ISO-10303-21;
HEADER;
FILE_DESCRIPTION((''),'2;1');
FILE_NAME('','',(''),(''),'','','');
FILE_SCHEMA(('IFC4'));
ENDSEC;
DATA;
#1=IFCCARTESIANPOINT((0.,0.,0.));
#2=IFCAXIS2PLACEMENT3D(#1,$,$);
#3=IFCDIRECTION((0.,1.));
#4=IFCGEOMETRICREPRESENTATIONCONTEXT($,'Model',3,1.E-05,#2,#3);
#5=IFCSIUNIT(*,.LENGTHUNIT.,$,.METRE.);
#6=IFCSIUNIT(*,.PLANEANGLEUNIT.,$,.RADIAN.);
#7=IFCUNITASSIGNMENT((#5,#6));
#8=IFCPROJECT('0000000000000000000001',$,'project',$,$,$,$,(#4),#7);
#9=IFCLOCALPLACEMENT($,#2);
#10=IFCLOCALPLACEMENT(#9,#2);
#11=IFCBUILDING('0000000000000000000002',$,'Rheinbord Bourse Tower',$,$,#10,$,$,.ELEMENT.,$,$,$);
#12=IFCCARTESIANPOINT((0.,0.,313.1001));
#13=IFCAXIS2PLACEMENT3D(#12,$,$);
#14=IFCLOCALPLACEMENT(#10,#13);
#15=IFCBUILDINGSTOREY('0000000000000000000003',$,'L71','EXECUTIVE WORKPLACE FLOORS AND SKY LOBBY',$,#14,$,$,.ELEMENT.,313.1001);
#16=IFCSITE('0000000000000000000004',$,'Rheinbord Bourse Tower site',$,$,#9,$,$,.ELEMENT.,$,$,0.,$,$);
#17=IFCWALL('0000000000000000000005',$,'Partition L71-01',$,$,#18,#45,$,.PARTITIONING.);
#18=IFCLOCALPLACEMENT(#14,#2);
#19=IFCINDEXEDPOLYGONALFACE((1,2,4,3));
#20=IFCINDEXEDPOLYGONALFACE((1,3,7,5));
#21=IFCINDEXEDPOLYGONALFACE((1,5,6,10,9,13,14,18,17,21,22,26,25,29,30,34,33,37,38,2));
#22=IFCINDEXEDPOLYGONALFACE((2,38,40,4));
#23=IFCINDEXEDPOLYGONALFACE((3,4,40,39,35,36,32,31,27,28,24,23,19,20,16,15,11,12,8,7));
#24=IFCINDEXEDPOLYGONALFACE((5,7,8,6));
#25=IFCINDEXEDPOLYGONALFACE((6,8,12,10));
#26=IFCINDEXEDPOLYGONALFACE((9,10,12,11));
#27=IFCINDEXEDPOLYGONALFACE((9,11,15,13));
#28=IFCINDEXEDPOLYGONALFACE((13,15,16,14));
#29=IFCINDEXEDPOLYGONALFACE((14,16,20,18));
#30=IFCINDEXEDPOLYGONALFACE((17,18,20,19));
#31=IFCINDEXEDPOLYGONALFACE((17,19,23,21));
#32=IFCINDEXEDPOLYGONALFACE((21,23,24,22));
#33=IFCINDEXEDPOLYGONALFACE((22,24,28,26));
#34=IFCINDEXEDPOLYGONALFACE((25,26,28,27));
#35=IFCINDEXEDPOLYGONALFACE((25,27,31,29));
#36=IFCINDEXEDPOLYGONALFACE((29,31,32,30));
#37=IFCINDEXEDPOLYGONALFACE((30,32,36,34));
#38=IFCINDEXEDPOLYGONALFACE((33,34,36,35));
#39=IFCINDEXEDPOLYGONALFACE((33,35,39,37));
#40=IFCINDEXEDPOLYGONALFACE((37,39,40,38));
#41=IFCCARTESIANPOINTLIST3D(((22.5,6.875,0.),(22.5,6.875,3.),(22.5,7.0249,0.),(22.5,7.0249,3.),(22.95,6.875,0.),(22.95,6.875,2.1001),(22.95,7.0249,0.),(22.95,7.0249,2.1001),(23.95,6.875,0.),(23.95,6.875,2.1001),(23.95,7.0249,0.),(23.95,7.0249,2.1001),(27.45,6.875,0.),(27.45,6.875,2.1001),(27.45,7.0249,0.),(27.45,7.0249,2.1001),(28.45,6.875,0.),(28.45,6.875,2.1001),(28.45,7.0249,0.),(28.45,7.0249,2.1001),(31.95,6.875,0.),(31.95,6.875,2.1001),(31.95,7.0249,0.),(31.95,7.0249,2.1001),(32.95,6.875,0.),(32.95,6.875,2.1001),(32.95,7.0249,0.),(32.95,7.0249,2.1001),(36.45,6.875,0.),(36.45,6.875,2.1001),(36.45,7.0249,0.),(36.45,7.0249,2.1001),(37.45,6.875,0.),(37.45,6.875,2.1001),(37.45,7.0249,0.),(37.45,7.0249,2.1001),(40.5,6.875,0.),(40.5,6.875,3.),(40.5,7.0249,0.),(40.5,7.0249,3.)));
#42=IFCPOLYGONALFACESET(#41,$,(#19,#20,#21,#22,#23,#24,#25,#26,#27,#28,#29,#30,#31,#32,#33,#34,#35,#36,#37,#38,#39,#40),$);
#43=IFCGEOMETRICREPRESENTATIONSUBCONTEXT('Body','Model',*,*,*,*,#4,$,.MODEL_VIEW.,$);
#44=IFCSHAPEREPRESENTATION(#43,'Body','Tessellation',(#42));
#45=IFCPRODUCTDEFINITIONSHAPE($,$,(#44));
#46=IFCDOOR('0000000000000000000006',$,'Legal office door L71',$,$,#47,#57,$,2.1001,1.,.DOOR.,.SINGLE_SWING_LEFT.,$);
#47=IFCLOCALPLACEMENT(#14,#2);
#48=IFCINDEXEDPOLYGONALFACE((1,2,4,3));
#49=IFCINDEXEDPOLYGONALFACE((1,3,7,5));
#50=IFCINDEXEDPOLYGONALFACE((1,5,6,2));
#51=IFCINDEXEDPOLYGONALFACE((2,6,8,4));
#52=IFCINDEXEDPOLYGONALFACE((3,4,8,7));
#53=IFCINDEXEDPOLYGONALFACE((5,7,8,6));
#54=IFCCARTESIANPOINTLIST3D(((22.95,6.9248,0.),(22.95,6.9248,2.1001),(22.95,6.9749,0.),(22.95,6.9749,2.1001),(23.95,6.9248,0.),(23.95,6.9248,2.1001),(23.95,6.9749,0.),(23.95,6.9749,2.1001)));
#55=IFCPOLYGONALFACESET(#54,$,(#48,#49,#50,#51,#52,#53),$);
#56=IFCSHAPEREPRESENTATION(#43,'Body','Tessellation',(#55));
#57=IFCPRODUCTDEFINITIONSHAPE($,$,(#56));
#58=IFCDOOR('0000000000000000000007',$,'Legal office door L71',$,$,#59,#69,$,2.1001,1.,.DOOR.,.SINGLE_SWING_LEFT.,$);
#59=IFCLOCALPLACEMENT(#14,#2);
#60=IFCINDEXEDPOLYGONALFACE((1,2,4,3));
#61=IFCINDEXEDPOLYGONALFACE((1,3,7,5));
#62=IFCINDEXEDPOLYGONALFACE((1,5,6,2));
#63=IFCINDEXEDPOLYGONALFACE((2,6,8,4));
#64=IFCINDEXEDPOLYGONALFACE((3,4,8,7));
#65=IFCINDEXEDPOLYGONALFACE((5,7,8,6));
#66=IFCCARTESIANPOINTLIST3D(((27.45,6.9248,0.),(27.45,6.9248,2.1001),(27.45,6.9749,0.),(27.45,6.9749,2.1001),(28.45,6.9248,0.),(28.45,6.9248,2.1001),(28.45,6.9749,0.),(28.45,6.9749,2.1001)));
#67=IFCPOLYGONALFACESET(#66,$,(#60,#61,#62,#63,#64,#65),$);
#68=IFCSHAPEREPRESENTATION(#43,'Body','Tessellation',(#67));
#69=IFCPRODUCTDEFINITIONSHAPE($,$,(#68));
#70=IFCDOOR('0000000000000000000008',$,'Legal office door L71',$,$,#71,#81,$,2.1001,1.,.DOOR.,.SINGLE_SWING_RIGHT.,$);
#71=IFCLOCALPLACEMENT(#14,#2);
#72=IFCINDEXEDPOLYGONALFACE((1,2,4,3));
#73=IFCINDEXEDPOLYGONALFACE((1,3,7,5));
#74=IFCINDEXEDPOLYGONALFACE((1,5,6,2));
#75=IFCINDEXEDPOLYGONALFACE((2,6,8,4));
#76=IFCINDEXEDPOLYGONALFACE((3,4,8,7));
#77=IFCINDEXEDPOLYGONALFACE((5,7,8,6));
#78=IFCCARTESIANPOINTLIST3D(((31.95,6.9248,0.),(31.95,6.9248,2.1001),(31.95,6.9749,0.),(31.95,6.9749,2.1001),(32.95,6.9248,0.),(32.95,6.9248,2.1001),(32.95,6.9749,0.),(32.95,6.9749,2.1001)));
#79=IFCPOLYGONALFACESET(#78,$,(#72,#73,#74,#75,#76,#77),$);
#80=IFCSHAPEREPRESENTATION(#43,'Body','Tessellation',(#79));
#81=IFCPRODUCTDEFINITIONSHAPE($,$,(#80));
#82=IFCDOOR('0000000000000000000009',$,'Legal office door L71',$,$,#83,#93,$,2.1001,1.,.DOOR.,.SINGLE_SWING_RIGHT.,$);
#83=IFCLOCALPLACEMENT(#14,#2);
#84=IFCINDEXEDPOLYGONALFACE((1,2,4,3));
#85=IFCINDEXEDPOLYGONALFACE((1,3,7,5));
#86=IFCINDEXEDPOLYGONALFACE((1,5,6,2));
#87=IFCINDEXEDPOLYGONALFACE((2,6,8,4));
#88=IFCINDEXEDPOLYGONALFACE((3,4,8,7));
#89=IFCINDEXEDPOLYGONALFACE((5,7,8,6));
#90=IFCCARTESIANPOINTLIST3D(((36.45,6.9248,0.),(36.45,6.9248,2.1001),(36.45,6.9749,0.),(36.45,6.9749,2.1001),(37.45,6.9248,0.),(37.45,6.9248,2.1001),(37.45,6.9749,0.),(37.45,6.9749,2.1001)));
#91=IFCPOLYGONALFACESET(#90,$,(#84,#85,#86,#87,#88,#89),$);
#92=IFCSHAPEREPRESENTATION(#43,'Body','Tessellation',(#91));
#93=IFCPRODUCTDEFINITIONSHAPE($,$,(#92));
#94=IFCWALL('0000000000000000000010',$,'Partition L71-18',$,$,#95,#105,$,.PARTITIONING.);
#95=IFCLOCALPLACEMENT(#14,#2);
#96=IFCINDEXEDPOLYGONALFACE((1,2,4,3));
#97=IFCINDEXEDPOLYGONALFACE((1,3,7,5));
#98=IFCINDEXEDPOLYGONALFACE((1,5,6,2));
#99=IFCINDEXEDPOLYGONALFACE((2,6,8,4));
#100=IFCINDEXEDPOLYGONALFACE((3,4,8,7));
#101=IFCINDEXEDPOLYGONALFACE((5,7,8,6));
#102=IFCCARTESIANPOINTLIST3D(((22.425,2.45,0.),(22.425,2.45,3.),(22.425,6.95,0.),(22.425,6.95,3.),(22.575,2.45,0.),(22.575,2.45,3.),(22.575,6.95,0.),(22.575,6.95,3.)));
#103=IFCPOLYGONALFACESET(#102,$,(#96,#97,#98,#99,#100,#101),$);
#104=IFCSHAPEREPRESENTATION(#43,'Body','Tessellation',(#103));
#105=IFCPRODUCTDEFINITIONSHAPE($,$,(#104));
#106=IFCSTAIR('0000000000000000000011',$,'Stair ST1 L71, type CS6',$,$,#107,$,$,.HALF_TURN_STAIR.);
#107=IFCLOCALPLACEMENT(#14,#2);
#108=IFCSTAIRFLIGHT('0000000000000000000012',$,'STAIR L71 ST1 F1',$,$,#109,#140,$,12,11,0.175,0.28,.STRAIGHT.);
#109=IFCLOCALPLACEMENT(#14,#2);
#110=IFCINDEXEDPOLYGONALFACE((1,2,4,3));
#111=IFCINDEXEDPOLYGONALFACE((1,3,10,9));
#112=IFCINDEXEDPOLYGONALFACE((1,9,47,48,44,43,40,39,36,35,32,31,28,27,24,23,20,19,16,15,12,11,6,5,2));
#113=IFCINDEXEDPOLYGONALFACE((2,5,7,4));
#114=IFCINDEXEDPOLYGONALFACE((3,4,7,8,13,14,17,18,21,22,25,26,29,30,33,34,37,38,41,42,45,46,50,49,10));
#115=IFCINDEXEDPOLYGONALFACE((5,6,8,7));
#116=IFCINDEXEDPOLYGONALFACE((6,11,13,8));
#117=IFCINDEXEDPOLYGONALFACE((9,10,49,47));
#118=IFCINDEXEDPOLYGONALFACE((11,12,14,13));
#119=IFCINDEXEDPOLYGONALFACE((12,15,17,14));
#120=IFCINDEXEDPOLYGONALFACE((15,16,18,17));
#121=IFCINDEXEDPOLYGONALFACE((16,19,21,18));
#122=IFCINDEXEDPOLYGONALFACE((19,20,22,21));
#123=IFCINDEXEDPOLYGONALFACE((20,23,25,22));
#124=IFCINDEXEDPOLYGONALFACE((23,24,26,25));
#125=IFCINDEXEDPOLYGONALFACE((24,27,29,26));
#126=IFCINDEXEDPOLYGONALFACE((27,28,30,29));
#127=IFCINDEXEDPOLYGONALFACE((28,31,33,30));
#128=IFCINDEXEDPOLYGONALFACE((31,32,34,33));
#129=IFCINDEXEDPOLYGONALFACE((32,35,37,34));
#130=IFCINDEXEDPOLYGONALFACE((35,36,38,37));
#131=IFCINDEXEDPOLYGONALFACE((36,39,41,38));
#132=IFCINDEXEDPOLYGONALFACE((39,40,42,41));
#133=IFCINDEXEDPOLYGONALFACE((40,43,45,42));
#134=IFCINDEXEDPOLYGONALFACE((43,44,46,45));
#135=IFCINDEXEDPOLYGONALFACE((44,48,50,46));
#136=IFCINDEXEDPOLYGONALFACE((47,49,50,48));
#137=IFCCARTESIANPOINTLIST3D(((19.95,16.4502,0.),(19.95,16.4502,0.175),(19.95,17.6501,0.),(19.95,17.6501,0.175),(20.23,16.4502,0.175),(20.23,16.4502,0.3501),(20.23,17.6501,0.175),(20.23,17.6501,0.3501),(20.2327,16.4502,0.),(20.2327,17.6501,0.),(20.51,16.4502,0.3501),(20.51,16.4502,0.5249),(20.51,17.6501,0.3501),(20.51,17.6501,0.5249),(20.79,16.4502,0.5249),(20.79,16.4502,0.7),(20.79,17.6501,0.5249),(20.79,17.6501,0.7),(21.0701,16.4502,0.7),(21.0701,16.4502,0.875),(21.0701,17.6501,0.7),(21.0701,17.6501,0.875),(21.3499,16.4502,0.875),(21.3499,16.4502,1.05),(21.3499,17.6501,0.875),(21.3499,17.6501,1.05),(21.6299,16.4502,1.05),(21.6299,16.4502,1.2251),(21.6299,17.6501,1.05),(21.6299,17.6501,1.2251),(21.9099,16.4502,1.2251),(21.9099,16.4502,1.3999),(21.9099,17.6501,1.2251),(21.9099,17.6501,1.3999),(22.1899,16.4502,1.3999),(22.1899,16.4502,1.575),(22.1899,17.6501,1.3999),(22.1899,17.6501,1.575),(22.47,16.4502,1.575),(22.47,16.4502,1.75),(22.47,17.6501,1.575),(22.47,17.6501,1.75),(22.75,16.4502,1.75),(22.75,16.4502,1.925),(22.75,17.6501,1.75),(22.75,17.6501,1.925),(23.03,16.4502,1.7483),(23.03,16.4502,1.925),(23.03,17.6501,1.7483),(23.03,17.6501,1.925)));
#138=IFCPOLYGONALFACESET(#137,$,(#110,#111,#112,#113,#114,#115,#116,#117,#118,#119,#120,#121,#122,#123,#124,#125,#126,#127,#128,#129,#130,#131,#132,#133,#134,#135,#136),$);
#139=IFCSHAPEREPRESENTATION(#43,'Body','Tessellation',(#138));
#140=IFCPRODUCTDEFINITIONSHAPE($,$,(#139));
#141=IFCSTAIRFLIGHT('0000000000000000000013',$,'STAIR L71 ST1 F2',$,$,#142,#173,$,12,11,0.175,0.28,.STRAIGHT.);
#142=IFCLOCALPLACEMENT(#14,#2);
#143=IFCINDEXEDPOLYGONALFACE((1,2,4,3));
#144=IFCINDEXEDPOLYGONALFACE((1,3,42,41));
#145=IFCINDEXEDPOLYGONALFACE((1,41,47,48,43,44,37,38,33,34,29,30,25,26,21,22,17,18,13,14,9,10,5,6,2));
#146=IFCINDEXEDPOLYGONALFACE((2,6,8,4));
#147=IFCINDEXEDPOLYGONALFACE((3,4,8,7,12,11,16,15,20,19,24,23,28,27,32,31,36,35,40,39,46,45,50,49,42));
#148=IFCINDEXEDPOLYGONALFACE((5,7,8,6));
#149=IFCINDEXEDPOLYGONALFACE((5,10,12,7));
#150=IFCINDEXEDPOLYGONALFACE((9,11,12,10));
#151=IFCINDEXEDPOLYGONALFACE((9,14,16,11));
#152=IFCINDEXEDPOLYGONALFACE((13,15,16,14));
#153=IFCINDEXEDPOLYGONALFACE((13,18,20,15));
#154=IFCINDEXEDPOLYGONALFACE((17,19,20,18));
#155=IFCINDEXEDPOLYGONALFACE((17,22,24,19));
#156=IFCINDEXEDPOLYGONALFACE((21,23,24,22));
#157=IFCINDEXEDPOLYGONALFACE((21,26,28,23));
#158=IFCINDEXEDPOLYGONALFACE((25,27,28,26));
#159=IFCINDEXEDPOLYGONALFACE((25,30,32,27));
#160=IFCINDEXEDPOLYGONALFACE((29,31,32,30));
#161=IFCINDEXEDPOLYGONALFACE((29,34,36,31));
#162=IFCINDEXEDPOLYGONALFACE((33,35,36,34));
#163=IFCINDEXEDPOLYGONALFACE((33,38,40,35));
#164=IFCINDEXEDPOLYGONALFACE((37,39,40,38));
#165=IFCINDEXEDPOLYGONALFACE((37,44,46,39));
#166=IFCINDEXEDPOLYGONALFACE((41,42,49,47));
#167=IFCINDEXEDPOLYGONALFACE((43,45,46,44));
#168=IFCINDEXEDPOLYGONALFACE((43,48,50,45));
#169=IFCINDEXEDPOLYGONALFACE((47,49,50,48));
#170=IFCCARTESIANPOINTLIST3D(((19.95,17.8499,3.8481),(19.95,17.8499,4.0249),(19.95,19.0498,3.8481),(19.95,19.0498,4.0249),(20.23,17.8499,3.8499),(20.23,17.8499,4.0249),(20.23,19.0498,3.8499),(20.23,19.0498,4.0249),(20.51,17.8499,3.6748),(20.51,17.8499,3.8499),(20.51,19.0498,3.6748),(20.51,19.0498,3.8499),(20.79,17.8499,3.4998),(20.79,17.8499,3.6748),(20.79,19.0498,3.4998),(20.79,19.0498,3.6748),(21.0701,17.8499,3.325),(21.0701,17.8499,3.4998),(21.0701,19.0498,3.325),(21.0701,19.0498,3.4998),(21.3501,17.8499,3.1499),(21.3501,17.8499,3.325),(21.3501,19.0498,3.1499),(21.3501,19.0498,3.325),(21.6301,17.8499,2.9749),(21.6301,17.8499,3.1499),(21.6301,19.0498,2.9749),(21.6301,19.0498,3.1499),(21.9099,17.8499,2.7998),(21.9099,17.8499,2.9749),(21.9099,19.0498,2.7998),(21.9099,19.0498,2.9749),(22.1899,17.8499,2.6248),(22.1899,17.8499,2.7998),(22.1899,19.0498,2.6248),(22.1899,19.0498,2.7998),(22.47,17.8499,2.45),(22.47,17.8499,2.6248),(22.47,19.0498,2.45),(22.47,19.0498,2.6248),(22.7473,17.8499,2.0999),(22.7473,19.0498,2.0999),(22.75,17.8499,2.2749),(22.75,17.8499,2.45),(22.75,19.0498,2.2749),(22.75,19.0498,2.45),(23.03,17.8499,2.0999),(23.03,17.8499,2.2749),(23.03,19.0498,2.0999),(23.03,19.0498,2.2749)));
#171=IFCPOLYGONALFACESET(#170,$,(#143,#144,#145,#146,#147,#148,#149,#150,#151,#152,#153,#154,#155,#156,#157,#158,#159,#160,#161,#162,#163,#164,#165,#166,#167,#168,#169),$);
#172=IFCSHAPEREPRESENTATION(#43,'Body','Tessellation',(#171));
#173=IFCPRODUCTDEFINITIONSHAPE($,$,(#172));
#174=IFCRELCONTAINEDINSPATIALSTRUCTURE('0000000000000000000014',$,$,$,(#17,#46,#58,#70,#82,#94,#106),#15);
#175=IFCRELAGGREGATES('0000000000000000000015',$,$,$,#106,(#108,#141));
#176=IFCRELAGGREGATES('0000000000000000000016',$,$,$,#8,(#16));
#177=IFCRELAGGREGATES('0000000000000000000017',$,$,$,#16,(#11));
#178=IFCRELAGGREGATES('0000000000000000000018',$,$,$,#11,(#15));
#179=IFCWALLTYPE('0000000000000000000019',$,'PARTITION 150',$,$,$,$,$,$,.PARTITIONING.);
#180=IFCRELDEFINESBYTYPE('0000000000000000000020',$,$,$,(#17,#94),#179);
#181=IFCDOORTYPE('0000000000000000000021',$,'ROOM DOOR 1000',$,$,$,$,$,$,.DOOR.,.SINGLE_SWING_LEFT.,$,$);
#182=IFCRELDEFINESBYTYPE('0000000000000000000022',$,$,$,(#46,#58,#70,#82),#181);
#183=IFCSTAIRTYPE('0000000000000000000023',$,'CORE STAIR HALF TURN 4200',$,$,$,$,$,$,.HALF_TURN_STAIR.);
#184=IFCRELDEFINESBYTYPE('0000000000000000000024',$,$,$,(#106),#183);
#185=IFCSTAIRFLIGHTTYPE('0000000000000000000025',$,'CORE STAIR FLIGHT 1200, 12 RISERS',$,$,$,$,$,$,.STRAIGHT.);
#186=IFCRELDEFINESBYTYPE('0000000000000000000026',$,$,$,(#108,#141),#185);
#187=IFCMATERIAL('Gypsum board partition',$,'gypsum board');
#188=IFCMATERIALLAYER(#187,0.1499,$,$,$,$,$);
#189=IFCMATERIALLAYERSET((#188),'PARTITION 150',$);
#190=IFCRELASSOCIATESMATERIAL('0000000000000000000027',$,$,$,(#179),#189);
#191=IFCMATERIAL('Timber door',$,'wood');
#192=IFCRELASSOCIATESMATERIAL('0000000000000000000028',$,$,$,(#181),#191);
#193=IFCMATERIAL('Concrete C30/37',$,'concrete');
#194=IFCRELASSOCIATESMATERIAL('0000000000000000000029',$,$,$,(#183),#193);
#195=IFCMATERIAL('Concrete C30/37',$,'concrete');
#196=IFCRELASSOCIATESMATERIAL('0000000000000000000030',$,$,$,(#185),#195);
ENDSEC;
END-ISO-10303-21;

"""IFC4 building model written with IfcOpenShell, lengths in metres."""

from ifc_helpers import new_model, si_unit, direction, frame, frame_2d, origin, place, context, subcontext, project, spatial, polyline, rectangle, outline, extrude, material, layer, layer_set, type_object, element, fill, aggregate, save


model = new_model("IFC4")

# Units and contexts
model_context = context("Model", 3, precision=1e-05, world=origin(), true_north=direction((0.0, 1.0)))
body_context = subcontext(model_context, "Body", "Model", "MODEL_VIEW")
ifc_project = project(units=[si_unit("LENGTHUNIT", "METRE"), si_unit("PLANEANGLEUNIT", "RADIAN")], contexts=[model_context])

# Site, building, storey
site_placement = place(None, origin())
site = spatial("IfcSite", under=ifc_project, at=site_placement, Name="Rheinbord Bourse Tower site", CompositionType="ELEMENT", RefElevation=0.0)
building_placement = place(site_placement, origin())
building = spatial("IfcBuilding", under=site, at=building_placement, Name="Rheinbord Bourse Tower", CompositionType="ELEMENT")
storey_placement = place(building_placement, frame((0.0, 0.0, 313.1001)))
storey = spatial("IfcBuildingStorey", under=building, at=storey_placement, Name="L71", Description="EXECUTIVE WORKPLACE FLOORS AND SKY LOBBY", CompositionType="ELEMENT", Elevation=313.1001)

# Wall, openings, doors
ifc_material_1 = material(Name="Gypsum board partition", Category="gypsum board")
ifc_layer_1 = layer(ifc_material_1, 0.1499)
ifc_layer_set_1 = layer_set([ifc_layer_1], Name="PARTITION 150")
wall_type_1 = type_object("IfcWallType", Name="PARTITION 150", PredefinedType="PARTITIONING", material=ifc_layer_set_1)
wall_1_placement = place(storey_placement, frame((22.5, 6.95, 0.0), z_axis=(0.0, 0.0, 1.0), x_axis=(1.0, 0.0, 0.0)))
wall_1 = element("IfcWall", 1, at=wall_1_placement, inside=storey, type_object=wall_type_1, Name="Partition L71-01", PredefinedType="PARTITIONING", context=body_context, shape_type="SweptSolid", body=[
    extrude(rectangle(XDim=18.0, YDim=0.1499, at=frame_2d((9.0, 0.0))), origin(), (0.0, 0.0, 1.0), 3.0),
])
opening_1_placement = place(wall_1_placement, frame((0.45, 0.0, 0.0)))
opening_1 = element("IfcOpeningElement", 2, at=opening_1_placement, cuts=wall_1, PredefinedType="OPENING", context=body_context, shape_type="SweptSolid", body=[
    extrude(rectangle(XDim=1.0, YDim=2.1001, at=frame_2d((0.5, 1.05))), frame((0.0, 0.085, 0.0), z_axis=(0.0, -1.0, 0.0), x_axis=(1.0, 0.0, 0.0)), (0.0, 0.0, 1.0), 0.1699),
])
opening_2_placement = place(wall_1_placement, frame((4.95, 0.0, 0.0)))
opening_2 = element("IfcOpeningElement", 3, at=opening_2_placement, cuts=wall_1, PredefinedType="OPENING", context=body_context, shape_type="SweptSolid", body=[
    extrude(rectangle(XDim=1.0, YDim=2.1001, at=frame_2d((0.5, 1.05))), frame((0.0, 0.085, 0.0), z_axis=(0.0, -1.0, 0.0), x_axis=(1.0, 0.0, 0.0)), (0.0, 0.0, 1.0), 0.1699),
])
opening_3_placement = place(wall_1_placement, frame((9.45, 0.0, 0.0)))
opening_3 = element("IfcOpeningElement", 4, at=opening_3_placement, cuts=wall_1, PredefinedType="OPENING", context=body_context, shape_type="SweptSolid", body=[
    extrude(rectangle(XDim=1.0, YDim=2.1001, at=frame_2d((0.5, 1.05))), frame((0.0, 0.085, 0.0), z_axis=(0.0, -1.0, 0.0), x_axis=(1.0, 0.0, 0.0)), (0.0, 0.0, 1.0), 0.1699),
])
opening_4_placement = place(wall_1_placement, frame((13.95, 0.0, 0.0)))
opening_4 = element("IfcOpeningElement", 5, at=opening_4_placement, cuts=wall_1, PredefinedType="OPENING", context=body_context, shape_type="SweptSolid", body=[
    extrude(rectangle(XDim=1.0, YDim=2.1001, at=frame_2d((0.5, 1.05))), frame((0.0, 0.085, 0.0), z_axis=(0.0, -1.0, 0.0), x_axis=(1.0, 0.0, 0.0)), (0.0, 0.0, 1.0), 0.1699),
])
ifc_material_2 = material(Name="Timber door", Category="wood")
door_type_1 = type_object("IfcDoorType", Name="ROOM DOOR 1000", OperationType="SINGLE_SWING_LEFT", PredefinedType="DOOR", material=ifc_material_2)
door_1_placement = place(opening_1_placement, origin())
door_1 = element("IfcDoor", 6, at=door_1_placement, inside=storey, type_object=door_type_1, Name="Legal office door L71", OperationType="SINGLE_SWING_LEFT", OverallHeight=2.1001, OverallWidth=1.0, PredefinedType="DOOR", context=body_context, shape_type="SweptSolid", body=[
    extrude(rectangle(XDim=1.0, YDim=2.1001, at=frame_2d((0.5, 1.05))), frame((0.0, 0.0249, 0.0), z_axis=(0.0, -1.0, 0.0), x_axis=(1.0, 0.0, 0.0)), (0.0, 0.0, 1.0), 0.05),
])
fill(opening_1, door_1)
door_2_placement = place(opening_2_placement, origin())
door_2 = element("IfcDoor", 7, at=door_2_placement, inside=storey, type_object=door_type_1, Name="Legal office door L71", OperationType="SINGLE_SWING_LEFT", OverallHeight=2.1001, OverallWidth=1.0, PredefinedType="DOOR", context=body_context, shape_type="SweptSolid", body=[
    extrude(rectangle(XDim=1.0, YDim=2.1001, at=frame_2d((0.5, 1.05))), frame((0.0, 0.0249, 0.0), z_axis=(0.0, -1.0, 0.0), x_axis=(1.0, 0.0, 0.0)), (0.0, 0.0, 1.0), 0.05),
])
fill(opening_2, door_2)
door_3_placement = place(opening_3_placement, origin())
door_3 = element("IfcDoor", 8, at=door_3_placement, inside=storey, type_object=door_type_1, Name="Legal office door L71", OperationType="SINGLE_SWING_RIGHT", OverallHeight=2.1001, OverallWidth=1.0, PredefinedType="DOOR", context=body_context, shape_type="SweptSolid", body=[
    extrude(rectangle(XDim=1.0, YDim=2.1001, at=frame_2d((0.5, 1.05))), frame((0.0, 0.0249, 0.0), z_axis=(0.0, -1.0, 0.0), x_axis=(1.0, 0.0, 0.0)), (0.0, 0.0, 1.0), 0.05),
])
fill(opening_3, door_3)
door_4_placement = place(opening_4_placement, origin())
door_4 = element("IfcDoor", 9, at=door_4_placement, inside=storey, type_object=door_type_1, Name="Legal office door L71", OperationType="SINGLE_SWING_RIGHT", OverallHeight=2.1001, OverallWidth=1.0, PredefinedType="DOOR", context=body_context, shape_type="SweptSolid", body=[
    extrude(rectangle(XDim=1.0, YDim=2.1001, at=frame_2d((0.5, 1.05))), frame((0.0, 0.0249, 0.0), z_axis=(0.0, -1.0, 0.0), x_axis=(1.0, 0.0, 0.0)), (0.0, 0.0, 1.0), 0.05),
])
fill(opening_4, door_4)

# Wall
wall_2_placement = place(storey_placement, frame((22.5, 2.45, 0.0), z_axis=(0.0, 0.0, 1.0), x_axis=(0.0, 1.0, 0.0)))
element("IfcWall", 10, at=wall_2_placement, inside=storey, type_object=wall_type_1, Name="Partition L71-18", PredefinedType="PARTITIONING", context=body_context, shape_type="SweptSolid", body=[
    extrude(rectangle(XDim=4.5, YDim=0.1499, at=frame_2d((2.25, 0.0))), origin(), (0.0, 0.0, 1.0), 3.0),
])

# Stair, stair flights
ifc_material_3 = material(Name="Concrete C30/37", Category="concrete")
stair_type = type_object("IfcStairType", Name="CORE STAIR HALF TURN 4200", PredefinedType="HALF_TURN_STAIR", material=ifc_material_3)
stair_placement = place(storey_placement, origin())
stair = element("IfcStair", 11, at=stair_placement, inside=storey, type_object=stair_type, Name="Stair ST1 L71, type CS6", PredefinedType="HALF_TURN_STAIR")
ifc_material_4 = material(Name="Concrete C30/37", Category="concrete")
stair_flight_type = type_object("IfcStairFlightType", Name="CORE STAIR FLIGHT 1200, 12 RISERS", PredefinedType="STRAIGHT", material=ifc_material_4)
stair_flight_1_placement = place(storey_placement, frame((19.95, 17.05, 0.0), z_axis=(0.0, 0.0, 1.0), x_axis=(1.0, 0.0, 0.0)))
stair_flight_1 = element("IfcStairFlight", 12, at=stair_flight_1_placement, type_object=stair_flight_type, Name="STAIR L71 ST1 F1", NumberOfRisers=12, NumberOfTreads=11, PredefinedType="STRAIGHT", RiserHeight=0.175, TreadLength=0.28, context=body_context, shape_type="SweptSolid", body=[
    extrude(outline(polyline([(0.0, 0.0), (0.0, 0.175), (0.28, 0.175), (0.28, 0.3501), (0.5601, 0.3501), (0.5601, 0.5249), (0.8401, 0.5249), (0.8401, 0.7), (1.1201, 0.7), (1.1201, 0.875), (1.3999, 0.875), (1.3999, 1.05), (1.6799, 1.05), (1.6799, 1.2251), (1.96, 1.2251), (1.96, 1.3999), (2.24, 1.3999), (2.24, 1.575), (2.52, 1.575), (2.52, 1.75), (2.8, 1.75), (2.8, 1.925), (3.0801, 1.925), (3.0801, 2.1001), (3.0801, 1.7483), (0.2827, 0.0), (0.0, 0.0)])), frame((0.0, 0.6001, 0.0), z_axis=(0.0, -1.0, 0.0), x_axis=(1.0, 0.0, 0.0)), (0.0, 0.0, 1.0), 1.2),
])
stair_flight_2_placement = place(storey_placement, frame((23.03, 18.45, 2.0999), z_axis=(0.0, 0.0, 1.0), x_axis=(-1.0, 0.0, 0.0)))
stair_flight_2 = element("IfcStairFlight", 13, at=stair_flight_2_placement, type_object=stair_flight_type, Name="STAIR L71 ST1 F2", NumberOfRisers=12, NumberOfTreads=11, PredefinedType="STRAIGHT", RiserHeight=0.175, TreadLength=0.28, context=body_context, shape_type="SweptSolid", body=[
    extrude(outline(polyline([(0.0, 0.0), (0.0, 0.175), (0.28, 0.175), (0.28, 0.3501), (0.5601, 0.3501), (0.5601, 0.5249), (0.8401, 0.5249), (0.8401, 0.7), (1.1201, 0.7), (1.1201, 0.875), (1.3999, 0.875), (1.3999, 1.05), (1.6799, 1.05), (1.6799, 1.2251), (1.96, 1.2251), (1.96, 1.3999), (2.24, 1.3999), (2.24, 1.575), (2.52, 1.575), (2.52, 1.75), (2.8, 1.75), (2.8, 1.925), (3.0801, 1.925), (3.0801, 2.1001), (3.0801, 1.7483), (0.2827, 0.0), (0.0, 0.0)])), frame((0.0, 0.6001, 0.0), z_axis=(0.0, -1.0, 0.0), x_axis=(1.0, 0.0, 0.0)), (0.0, 0.0, 1.0), 1.2),
])
aggregate(stair, [stair_flight_1, stair_flight_2])

save(model, "model.ifc")
